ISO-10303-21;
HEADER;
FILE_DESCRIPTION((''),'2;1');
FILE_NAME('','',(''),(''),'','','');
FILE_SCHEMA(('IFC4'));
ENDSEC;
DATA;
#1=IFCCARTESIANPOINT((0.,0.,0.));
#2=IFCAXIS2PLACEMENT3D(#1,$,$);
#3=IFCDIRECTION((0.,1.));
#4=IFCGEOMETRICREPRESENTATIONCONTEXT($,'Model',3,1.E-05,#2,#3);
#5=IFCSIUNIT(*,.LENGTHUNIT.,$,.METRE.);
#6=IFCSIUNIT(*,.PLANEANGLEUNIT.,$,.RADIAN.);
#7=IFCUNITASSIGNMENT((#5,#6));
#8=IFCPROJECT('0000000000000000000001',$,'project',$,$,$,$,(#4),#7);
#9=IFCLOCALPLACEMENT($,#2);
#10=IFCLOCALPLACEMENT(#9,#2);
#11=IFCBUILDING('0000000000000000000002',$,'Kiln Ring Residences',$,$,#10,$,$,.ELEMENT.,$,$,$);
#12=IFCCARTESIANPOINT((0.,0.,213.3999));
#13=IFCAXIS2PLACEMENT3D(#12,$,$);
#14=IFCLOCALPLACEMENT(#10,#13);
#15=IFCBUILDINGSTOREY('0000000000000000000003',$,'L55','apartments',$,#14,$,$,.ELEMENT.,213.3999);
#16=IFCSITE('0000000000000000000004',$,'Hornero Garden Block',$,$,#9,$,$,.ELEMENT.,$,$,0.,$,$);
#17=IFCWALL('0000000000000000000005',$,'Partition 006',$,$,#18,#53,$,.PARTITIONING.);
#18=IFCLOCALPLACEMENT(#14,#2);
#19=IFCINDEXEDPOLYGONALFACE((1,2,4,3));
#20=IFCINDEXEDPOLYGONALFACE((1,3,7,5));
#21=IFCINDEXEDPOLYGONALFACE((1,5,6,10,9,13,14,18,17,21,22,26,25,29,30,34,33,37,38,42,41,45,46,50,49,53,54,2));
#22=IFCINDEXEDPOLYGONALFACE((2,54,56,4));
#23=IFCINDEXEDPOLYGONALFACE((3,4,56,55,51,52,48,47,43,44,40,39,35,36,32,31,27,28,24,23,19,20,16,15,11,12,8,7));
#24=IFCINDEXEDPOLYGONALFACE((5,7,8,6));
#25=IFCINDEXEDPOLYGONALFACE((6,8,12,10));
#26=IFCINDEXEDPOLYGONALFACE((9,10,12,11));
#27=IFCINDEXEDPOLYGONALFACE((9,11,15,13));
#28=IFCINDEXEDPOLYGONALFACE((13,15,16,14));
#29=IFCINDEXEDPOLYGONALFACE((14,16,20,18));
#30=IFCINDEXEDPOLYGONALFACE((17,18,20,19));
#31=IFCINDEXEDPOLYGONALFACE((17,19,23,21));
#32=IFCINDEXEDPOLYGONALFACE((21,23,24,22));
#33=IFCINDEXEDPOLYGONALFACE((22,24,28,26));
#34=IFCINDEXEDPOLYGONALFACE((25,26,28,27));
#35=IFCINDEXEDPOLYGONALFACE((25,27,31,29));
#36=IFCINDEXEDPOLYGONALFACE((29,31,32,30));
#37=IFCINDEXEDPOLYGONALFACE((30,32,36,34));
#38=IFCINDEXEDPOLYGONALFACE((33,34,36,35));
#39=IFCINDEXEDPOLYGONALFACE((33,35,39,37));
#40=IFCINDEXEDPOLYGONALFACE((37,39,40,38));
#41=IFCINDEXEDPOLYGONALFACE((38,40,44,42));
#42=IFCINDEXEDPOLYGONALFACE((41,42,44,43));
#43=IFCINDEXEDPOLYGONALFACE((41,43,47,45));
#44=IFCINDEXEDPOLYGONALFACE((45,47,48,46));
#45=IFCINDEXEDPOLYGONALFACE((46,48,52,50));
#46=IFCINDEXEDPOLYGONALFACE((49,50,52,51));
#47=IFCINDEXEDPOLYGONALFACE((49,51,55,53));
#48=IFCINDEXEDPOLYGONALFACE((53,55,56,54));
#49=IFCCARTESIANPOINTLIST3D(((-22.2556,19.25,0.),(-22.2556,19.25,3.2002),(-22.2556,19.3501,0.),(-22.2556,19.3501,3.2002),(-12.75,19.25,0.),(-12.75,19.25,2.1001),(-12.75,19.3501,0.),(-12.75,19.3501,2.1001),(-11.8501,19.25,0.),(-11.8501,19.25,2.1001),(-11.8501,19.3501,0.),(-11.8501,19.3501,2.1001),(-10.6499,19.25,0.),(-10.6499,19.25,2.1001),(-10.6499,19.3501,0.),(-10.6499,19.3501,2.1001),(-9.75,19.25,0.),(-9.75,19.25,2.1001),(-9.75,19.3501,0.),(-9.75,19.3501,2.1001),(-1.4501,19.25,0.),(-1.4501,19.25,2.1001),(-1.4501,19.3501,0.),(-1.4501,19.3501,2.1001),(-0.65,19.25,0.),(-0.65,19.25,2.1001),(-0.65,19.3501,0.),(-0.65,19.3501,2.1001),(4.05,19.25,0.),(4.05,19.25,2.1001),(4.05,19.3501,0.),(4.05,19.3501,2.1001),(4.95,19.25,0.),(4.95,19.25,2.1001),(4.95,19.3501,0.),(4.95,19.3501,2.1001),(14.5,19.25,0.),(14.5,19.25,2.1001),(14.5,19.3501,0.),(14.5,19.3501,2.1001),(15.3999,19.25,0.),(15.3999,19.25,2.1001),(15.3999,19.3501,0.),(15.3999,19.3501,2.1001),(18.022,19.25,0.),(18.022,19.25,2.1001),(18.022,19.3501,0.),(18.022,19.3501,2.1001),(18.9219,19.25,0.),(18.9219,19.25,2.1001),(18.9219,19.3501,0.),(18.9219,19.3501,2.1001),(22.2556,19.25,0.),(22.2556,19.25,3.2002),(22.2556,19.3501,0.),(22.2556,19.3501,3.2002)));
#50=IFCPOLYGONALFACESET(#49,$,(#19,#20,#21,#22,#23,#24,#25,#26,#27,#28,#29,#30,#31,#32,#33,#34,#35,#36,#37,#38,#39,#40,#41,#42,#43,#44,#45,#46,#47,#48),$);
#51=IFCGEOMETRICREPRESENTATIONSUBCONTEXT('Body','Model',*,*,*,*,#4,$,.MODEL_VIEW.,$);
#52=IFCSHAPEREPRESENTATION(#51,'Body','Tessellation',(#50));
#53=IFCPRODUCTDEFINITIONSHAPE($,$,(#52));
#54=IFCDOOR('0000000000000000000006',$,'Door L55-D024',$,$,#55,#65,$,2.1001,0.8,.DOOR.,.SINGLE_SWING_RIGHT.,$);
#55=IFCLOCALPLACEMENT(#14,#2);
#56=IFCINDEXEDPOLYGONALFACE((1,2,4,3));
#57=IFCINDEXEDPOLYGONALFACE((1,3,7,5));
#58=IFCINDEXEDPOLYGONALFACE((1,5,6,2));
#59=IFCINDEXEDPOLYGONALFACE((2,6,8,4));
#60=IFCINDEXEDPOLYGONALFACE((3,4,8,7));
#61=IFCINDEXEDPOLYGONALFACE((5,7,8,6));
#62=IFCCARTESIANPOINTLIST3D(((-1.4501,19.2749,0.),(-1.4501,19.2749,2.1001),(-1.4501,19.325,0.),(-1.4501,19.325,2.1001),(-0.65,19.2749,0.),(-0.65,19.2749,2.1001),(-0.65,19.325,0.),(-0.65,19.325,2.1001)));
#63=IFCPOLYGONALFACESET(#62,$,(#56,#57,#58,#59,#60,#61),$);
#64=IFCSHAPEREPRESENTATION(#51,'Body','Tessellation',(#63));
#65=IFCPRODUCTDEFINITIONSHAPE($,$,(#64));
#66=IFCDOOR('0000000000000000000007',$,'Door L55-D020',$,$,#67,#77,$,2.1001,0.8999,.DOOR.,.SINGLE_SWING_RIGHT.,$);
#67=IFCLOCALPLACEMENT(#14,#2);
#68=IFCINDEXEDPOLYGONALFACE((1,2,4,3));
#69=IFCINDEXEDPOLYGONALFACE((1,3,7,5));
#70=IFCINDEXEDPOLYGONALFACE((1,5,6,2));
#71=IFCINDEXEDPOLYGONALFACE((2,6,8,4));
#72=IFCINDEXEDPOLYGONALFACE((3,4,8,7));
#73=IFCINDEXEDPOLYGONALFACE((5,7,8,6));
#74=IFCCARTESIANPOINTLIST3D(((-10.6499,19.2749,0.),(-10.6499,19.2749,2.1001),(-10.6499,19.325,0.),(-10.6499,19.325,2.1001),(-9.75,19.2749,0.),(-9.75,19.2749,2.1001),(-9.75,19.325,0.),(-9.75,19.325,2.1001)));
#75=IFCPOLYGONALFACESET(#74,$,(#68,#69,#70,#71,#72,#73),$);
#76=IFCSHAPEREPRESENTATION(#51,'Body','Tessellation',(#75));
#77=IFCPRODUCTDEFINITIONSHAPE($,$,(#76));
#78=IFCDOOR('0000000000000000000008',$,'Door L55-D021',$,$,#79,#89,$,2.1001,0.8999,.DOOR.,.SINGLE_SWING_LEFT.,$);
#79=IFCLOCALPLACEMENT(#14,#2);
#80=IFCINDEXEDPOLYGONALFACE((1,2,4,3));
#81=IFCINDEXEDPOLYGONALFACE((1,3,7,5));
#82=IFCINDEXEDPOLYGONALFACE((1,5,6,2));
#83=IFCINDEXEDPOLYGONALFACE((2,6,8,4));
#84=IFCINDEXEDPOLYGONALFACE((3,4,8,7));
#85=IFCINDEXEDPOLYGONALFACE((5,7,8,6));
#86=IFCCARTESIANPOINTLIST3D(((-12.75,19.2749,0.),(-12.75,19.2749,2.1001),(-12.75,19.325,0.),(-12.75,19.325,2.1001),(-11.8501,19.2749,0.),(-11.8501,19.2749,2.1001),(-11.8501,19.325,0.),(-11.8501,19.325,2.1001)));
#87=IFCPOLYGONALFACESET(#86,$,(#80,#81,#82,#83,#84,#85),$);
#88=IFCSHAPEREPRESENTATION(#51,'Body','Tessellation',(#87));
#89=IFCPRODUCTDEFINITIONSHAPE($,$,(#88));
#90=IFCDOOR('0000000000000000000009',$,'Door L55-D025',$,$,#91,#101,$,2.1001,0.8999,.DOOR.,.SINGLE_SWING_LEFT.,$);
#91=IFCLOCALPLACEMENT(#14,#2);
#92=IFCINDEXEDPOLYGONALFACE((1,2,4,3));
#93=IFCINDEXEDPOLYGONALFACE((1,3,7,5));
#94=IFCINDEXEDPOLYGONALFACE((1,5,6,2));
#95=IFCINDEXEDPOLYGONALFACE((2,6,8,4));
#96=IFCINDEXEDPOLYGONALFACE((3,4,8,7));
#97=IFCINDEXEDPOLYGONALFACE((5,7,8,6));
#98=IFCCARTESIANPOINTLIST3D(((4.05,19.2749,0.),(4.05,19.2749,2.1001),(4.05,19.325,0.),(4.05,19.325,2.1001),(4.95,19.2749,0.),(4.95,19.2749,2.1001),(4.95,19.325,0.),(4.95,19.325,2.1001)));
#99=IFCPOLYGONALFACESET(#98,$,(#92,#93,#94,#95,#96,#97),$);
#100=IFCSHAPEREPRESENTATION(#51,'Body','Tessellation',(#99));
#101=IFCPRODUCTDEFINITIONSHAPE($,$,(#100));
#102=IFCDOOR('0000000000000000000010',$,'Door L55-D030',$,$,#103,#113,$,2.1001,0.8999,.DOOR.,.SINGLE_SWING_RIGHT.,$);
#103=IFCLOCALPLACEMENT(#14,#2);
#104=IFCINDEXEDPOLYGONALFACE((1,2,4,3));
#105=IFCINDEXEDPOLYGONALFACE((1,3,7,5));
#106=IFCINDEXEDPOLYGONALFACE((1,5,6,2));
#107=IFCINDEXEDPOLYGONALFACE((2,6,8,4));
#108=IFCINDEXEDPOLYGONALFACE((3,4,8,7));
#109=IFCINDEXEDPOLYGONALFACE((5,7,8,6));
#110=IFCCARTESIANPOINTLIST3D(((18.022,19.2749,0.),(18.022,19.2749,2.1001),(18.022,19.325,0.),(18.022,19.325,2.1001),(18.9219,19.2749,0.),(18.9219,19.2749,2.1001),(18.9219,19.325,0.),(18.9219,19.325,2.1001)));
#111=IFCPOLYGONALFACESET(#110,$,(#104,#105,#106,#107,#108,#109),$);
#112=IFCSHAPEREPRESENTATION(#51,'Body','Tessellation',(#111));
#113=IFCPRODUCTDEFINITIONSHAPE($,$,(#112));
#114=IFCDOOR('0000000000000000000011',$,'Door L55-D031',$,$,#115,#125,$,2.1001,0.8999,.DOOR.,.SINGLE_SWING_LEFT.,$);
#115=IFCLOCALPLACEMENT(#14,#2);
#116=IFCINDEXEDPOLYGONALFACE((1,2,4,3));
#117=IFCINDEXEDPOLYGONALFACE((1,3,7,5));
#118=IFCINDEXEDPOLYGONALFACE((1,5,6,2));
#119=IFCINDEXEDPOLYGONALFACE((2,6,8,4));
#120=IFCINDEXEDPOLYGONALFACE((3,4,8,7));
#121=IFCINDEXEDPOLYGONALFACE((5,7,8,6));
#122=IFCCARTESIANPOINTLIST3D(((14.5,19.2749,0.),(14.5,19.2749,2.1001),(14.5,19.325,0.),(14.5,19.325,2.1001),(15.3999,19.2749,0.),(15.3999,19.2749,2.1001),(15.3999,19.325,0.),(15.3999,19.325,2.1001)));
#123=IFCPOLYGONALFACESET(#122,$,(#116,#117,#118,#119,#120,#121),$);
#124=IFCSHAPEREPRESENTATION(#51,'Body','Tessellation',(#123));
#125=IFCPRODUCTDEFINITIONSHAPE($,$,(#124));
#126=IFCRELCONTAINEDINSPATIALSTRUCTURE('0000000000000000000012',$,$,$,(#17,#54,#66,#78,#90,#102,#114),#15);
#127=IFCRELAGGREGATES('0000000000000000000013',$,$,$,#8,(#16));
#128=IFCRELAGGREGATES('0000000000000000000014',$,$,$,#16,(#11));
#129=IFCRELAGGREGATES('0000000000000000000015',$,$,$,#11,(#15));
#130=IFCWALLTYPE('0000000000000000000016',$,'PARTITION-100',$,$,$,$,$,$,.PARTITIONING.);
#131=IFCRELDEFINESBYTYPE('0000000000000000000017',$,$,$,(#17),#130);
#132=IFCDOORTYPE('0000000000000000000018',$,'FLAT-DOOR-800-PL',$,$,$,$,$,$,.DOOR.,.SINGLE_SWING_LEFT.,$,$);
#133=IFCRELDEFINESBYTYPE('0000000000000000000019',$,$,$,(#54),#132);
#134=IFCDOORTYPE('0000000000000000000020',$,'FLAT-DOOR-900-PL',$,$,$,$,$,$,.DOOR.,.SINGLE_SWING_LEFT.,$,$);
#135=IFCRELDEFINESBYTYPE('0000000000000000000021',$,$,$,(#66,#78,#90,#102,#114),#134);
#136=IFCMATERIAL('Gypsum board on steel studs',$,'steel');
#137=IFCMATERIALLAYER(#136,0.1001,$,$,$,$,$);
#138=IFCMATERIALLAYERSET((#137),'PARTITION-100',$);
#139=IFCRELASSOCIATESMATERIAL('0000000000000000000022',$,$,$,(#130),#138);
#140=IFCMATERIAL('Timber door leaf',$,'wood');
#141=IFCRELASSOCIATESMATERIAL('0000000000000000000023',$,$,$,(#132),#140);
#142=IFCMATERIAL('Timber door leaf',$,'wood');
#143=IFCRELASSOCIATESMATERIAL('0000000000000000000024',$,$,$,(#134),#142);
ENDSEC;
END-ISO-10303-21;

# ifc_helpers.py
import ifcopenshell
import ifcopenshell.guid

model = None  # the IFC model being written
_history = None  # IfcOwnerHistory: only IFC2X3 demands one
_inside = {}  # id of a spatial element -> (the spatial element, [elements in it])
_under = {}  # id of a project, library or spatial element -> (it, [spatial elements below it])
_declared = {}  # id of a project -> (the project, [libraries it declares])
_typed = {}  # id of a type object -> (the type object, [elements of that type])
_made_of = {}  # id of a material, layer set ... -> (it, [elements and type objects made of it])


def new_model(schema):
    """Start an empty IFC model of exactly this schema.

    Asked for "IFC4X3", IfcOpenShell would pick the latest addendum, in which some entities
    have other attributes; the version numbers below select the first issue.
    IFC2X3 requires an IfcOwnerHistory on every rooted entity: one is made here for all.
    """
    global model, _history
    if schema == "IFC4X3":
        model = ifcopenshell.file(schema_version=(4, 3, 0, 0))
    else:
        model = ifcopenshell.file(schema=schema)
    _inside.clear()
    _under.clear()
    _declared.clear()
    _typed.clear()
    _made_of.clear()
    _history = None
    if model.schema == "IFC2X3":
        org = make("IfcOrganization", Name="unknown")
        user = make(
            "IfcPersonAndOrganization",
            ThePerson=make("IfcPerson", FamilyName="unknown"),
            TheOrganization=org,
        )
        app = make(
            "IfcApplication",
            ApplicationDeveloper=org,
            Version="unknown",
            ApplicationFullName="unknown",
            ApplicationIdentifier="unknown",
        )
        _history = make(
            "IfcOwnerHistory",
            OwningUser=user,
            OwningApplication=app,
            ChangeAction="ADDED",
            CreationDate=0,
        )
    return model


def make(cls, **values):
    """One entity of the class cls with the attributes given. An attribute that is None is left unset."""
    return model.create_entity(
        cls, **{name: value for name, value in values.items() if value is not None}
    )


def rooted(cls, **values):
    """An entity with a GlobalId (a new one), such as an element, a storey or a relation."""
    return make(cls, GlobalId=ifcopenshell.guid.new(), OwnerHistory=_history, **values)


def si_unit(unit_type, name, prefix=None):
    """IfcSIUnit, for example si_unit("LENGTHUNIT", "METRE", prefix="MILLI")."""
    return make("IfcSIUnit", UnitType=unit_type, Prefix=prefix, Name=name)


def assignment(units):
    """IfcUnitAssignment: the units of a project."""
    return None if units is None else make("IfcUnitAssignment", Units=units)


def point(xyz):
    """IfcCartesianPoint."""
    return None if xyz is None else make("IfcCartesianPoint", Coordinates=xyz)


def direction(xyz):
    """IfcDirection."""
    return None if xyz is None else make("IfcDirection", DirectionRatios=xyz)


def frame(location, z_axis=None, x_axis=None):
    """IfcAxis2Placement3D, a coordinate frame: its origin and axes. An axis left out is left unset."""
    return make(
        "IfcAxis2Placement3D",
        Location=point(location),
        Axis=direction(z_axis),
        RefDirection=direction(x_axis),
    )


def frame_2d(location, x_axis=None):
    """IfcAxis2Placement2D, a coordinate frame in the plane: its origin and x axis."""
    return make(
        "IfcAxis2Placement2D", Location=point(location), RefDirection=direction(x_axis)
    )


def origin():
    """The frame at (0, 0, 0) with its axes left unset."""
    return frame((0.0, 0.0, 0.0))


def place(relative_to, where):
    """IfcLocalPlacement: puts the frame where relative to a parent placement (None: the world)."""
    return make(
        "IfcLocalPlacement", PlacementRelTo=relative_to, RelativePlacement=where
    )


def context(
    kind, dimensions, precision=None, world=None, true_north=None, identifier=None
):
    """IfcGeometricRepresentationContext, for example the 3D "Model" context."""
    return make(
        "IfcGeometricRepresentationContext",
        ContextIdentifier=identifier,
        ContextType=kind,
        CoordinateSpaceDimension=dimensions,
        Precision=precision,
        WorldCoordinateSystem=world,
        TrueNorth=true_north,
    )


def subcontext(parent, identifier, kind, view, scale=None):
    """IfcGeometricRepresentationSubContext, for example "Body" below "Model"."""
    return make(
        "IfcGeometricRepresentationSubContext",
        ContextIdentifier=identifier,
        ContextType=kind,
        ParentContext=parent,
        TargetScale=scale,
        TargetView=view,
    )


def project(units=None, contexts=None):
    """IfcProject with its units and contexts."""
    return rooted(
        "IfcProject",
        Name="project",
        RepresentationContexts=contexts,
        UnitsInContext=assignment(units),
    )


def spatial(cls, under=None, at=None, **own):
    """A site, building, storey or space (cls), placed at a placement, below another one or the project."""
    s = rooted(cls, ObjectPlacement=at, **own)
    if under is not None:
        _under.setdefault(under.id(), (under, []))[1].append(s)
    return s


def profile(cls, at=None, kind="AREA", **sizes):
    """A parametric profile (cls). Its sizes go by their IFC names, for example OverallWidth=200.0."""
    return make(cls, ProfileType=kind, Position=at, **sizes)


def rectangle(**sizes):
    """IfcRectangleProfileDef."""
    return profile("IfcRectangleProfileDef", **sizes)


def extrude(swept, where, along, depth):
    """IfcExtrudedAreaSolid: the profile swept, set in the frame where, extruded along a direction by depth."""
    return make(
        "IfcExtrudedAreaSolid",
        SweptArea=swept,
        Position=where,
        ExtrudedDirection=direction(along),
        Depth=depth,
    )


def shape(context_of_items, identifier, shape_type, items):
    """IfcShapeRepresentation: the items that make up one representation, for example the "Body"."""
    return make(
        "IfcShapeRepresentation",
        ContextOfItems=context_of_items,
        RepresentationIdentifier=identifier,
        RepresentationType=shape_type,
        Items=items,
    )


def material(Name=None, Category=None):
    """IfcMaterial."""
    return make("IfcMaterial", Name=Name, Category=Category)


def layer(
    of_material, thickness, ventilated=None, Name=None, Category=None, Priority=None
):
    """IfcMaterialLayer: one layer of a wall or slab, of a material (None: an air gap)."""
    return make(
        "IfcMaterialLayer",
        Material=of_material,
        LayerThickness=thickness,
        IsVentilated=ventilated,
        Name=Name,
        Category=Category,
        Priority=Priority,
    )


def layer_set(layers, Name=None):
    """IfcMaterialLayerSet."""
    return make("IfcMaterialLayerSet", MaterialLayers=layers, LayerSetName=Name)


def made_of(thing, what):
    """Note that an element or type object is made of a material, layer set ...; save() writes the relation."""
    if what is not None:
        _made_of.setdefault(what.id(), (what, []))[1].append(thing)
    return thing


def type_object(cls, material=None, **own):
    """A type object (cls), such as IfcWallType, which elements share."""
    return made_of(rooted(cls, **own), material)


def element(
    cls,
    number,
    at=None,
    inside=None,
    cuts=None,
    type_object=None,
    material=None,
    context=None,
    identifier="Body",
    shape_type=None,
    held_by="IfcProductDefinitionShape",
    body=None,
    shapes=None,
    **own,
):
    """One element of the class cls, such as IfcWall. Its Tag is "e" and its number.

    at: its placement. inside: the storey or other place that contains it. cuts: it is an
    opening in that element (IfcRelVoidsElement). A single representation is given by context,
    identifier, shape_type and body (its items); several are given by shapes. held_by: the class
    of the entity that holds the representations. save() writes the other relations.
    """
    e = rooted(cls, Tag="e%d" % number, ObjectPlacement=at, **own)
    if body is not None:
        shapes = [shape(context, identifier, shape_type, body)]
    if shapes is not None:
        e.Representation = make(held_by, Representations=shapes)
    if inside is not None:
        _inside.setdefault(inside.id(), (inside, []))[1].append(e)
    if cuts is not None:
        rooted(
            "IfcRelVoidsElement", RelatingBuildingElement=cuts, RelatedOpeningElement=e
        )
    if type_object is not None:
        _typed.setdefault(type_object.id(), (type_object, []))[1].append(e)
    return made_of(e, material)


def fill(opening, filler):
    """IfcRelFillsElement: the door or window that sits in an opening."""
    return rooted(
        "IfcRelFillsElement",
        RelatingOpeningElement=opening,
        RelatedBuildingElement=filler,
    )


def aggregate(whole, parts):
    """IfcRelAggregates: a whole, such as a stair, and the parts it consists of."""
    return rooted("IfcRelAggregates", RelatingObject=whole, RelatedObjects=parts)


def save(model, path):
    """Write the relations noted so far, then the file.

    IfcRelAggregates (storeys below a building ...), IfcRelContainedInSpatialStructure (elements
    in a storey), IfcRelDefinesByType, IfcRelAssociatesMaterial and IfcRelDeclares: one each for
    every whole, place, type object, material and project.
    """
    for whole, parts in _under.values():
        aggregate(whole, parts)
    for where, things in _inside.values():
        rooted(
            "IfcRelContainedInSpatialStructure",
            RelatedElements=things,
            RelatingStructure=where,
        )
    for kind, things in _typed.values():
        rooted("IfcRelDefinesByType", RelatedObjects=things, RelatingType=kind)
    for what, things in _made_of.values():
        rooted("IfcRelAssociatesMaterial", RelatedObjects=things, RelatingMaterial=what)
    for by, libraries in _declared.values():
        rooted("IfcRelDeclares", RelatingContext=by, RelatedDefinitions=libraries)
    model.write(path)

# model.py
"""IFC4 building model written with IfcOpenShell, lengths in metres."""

from ifc_helpers import new_model, si_unit, direction, frame, frame_2d, origin, place, context, subcontext, project, spatial, rectangle, extrude, material, layer, layer_set, type_object, element, fill, save


model = new_model("IFC4")

# Units and contexts
model_context = context("Model", 3, precision=1e-05, world=origin(), true_north=direction((0.0, 1.0)))
body_context = subcontext(model_context, "Body", "Model", "MODEL_VIEW")
ifc_project = project(units=[si_unit("LENGTHUNIT", "METRE"), si_unit("PLANEANGLEUNIT", "RADIAN")], contexts=[model_context])

# Site, building, storey
site_placement = place(None, origin())
site = spatial("IfcSite", under=ifc_project, at=site_placement, Name="Hornero Garden Block", CompositionType="ELEMENT", RefElevation=0.0)
building_placement = place(site_placement, origin())
building = spatial("IfcBuilding", under=site, at=building_placement, Name="Kiln Ring Residences", CompositionType="ELEMENT")
storey_placement = place(building_placement, frame((0.0, 0.0, 213.3999)))
storey = spatial("IfcBuildingStorey", under=building, at=storey_placement, Name="L55", Description="apartments", CompositionType="ELEMENT", Elevation=213.3999)

# Wall, openings, doors
ifc_material_1 = material(Name="Gypsum board on steel studs", Category="steel")
ifc_layer_1 = layer(ifc_material_1, 0.1001)
ifc_layer_set_1 = layer_set([ifc_layer_1], Name="PARTITION-100")
wall_type_1 = type_object("IfcWallType", Name="PARTITION-100", PredefinedType="PARTITIONING", material=ifc_layer_set_1)
wall_1_placement = place(storey_placement, frame((-22.2556, 19.3, 0.0), z_axis=(0.0, 0.0, 1.0), x_axis=(1.0, 0.0, 0.0)))
wall_1 = element("IfcWall", 1, at=wall_1_placement, inside=storey, type_object=wall_type_1, Name="Partition 006", PredefinedType="PARTITIONING", context=body_context, shape_type="SweptSolid", body=[
    extrude(rectangle(XDim=44.5112, YDim=0.1001, at=frame_2d((22.2556, 0.0))), origin(), (0.0, 0.0, 1.0), 3.2002),
])
opening_1_placement = place(wall_1_placement, frame((11.6057, 0.0, 0.0)))
opening_1 = element("IfcOpeningElement", 2, at=opening_1_placement, cuts=wall_1, PredefinedType="OPENING", context=body_context, shape_type="SweptSolid", body=[
    extrude(rectangle(XDim=0.8999, YDim=2.1001, at=frame_2d((0.45, 1.05))), frame((0.0, 0.0601, 0.0), z_axis=(0.0, -1.0, 0.0), x_axis=(1.0, 0.0, 0.0)), (0.0, 0.0, 1.0), 0.1201),
])
opening_2_placement = place(wall_1_placement, frame((9.5056, 0.0, 0.0)))
opening_2 = element("IfcOpeningElement", 3, at=opening_2_placement, cuts=wall_1, PredefinedType="OPENING", context=body_context, shape_type="SweptSolid", body=[
    extrude(rectangle(XDim=0.8999, YDim=2.1001, at=frame_2d((0.45, 1.05))), frame((0.0, 0.0601, 0.0), z_axis=(0.0, -1.0, 0.0), x_axis=(1.0, 0.0, 0.0)), (0.0, 0.0, 1.0), 0.1201),
])
opening_3_placement = place(wall_1_placement, frame((20.8057, 0.0, 0.0)))
opening_3 = element("IfcOpeningElement", 4, at=opening_3_placement, cuts=wall_1, PredefinedType="OPENING", context=body_context, shape_type="SweptSolid", body=[
    extrude(rectangle(XDim=0.8, YDim=2.1001, at=frame_2d((0.3999, 1.05))), frame((0.0, 0.0601, 0.0), z_axis=(0.0, -1.0, 0.0), x_axis=(1.0, 0.0, 0.0)), (0.0, 0.0, 1.0), 0.1201),
])
opening_4_placement = place(wall_1_placement, frame((26.3057, 0.0, 0.0)))
opening_4 = element("IfcOpeningElement", 5, at=opening_4_placement, cuts=wall_1, PredefinedType="OPENING", context=body_context, shape_type="SweptSolid", body=[
    extrude(rectangle(XDim=0.8999, YDim=2.1001, at=frame_2d((0.45, 1.05))), frame((0.0, 0.0601, 0.0), z_axis=(0.0, -1.0, 0.0), x_axis=(1.0, 0.0, 0.0)), (0.0, 0.0, 1.0), 0.1201),
])
opening_5_placement = place(wall_1_placement, frame((40.2776, 0.0, 0.0)))
opening_5 = element("IfcOpeningElement", 6, at=opening_5_placement, cuts=wall_1, PredefinedType="OPENING", context=body_context, shape_type="SweptSolid", body=[
    extrude(rectangle(XDim=0.8999, YDim=2.1001, at=frame_2d((0.45, 1.05))), frame((0.0, 0.0601, 0.0), z_axis=(0.0, -1.0, 0.0), x_axis=(1.0, 0.0, 0.0)), (0.0, 0.0, 1.0), 0.1201),
])
opening_6_placement = place(wall_1_placement, frame((36.7556, 0.0, 0.0)))
opening_6 = element("IfcOpeningElement", 7, at=opening_6_placement, cuts=wall_1, PredefinedType="OPENING", context=body_context, shape_type="SweptSolid", body=[
    extrude(rectangle(XDim=0.8999, YDim=2.1001, at=frame_2d((0.45, 1.05))), frame((0.0, 0.0601, 0.0), z_axis=(0.0, -1.0, 0.0), x_axis=(1.0, 0.0, 0.0)), (0.0, 0.0, 1.0), 0.1201),
])
ifc_material_2 = material(Name="Timber door leaf", Category="wood")
door_type_1 = type_object("IfcDoorType", Name="FLAT-DOOR-800-PL", OperationType="SINGLE_SWING_LEFT", PredefinedType="DOOR", material=ifc_material_2)
door_1_placement = place(opening_3_placement, origin())
door_1 = element("IfcDoor", 8, at=door_1_placement, inside=storey, type_object=door_type_1, Name="Door L55-D024", OperationType="SINGLE_SWING_RIGHT", OverallHeight=2.1001, OverallWidth=0.8, PredefinedType="DOOR", context=body_context, shape_type="SweptSolid", body=[
    extrude(rectangle(XDim=0.8, YDim=2.1001, at=frame_2d((0.3999, 1.05))), frame((0.0, 0.0249, 0.0), z_axis=(0.0, -1.0, 0.0), x_axis=(1.0, 0.0, 0.0)), (0.0, 0.0, 1.0), 0.05),
])
fill(opening_3, door_1)
ifc_material_3 = material(Name="Timber door leaf", Category="wood")
door_type_2 = type_object("IfcDoorType", Name="FLAT-DOOR-900-PL", OperationType="SINGLE_SWING_LEFT", PredefinedType="DOOR", material=ifc_material_3)
door_2_placement = place(opening_1_placement, origin())
door_2 = element("IfcDoor", 9, at=door_2_placement, inside=storey, type_object=door_type_2, Name="Door L55-D020", OperationType="SINGLE_SWING_RIGHT", OverallHeight=2.1001, OverallWidth=0.8999, PredefinedType="DOOR", context=body_context, shape_type="SweptSolid", body=[
    extrude(rectangle(XDim=0.8999, YDim=2.1001, at=frame_2d((0.45, 1.05))), frame((0.0, 0.0249, 0.0), z_axis=(0.0, -1.0, 0.0), x_axis=(1.0, 0.0, 0.0)), (0.0, 0.0, 1.0), 0.05),
])
fill(opening_1, door_2)
door_3_placement = place(opening_2_placement, origin())
door_3 = element("IfcDoor", 10, at=door_3_placement, inside=storey, type_object=door_type_2, Name="Door L55-D021", OperationType="SINGLE_SWING_LEFT", OverallHeight=2.1001, OverallWidth=0.8999, PredefinedType="DOOR", context=body_context, shape_type="SweptSolid", body=[
    extrude(rectangle(XDim=0.8999, YDim=2.1001, at=frame_2d((0.45, 1.05))), frame((0.0, 0.0249, 0.0), z_axis=(0.0, -1.0, 0.0), x_axis=(1.0, 0.0, 0.0)), (0.0, 0.0, 1.0), 0.05),
])
fill(opening_2, door_3)
door_4_placement = place(opening_4_placement, origin())
door_4 = element("IfcDoor", 11, at=door_4_placement, inside=storey, type_object=door_type_2, Name="Door L55-D025", OperationType="SINGLE_SWING_LEFT", OverallHeight=2.1001, OverallWidth=0.8999, PredefinedType="DOOR", context=body_context, shape_type="SweptSolid", body=[
    extrude(rectangle(XDim=0.8999, YDim=2.1001, at=frame_2d((0.45, 1.05))), frame((0.0, 0.0249, 0.0), z_axis=(0.0, -1.0, 0.0), x_axis=(1.0, 0.0, 0.0)), (0.0, 0.0, 1.0), 0.05),
])
fill(opening_4, door_4)
door_5_placement = place(opening_5_placement, origin())
door_5 = element("IfcDoor", 12, at=door_5_placement, inside=storey, type_object=door_type_2, Name="Door L55-D030", OperationType="SINGLE_SWING_RIGHT", OverallHeight=2.1001, OverallWidth=0.8999, PredefinedType="DOOR", context=body_context, shape_type="SweptSolid", body=[
    extrude(rectangle(XDim=0.8999, YDim=2.1001, at=frame_2d((0.45, 1.05))), frame((0.0, 0.0249, 0.0), z_axis=(0.0, -1.0, 0.0), x_axis=(1.0, 0.0, 0.0)), (0.0, 0.0, 1.0), 0.05),
])
fill(opening_5, door_5)
door_6_placement = place(opening_6_placement, origin())
door_6 = element("IfcDoor", 13, at=door_6_placement, inside=storey, type_object=door_type_2, Name="Door L55-D031", OperationType="SINGLE_SWING_LEFT", OverallHeight=2.1001, OverallWidth=0.8999, PredefinedType="DOOR", context=body_context, shape_type="SweptSolid", body=[
    extrude(rectangle(XDim=0.8999, YDim=2.1001, at=frame_2d((0.45, 1.05))), frame((0.0, 0.0249, 0.0), z_axis=(0.0, -1.0, 0.0), x_axis=(1.0, 0.0, 0.0)), (0.0, 0.0, 1.0), 0.05),
])
fill(opening_6, door_6)

save(model, "model.ifc")
